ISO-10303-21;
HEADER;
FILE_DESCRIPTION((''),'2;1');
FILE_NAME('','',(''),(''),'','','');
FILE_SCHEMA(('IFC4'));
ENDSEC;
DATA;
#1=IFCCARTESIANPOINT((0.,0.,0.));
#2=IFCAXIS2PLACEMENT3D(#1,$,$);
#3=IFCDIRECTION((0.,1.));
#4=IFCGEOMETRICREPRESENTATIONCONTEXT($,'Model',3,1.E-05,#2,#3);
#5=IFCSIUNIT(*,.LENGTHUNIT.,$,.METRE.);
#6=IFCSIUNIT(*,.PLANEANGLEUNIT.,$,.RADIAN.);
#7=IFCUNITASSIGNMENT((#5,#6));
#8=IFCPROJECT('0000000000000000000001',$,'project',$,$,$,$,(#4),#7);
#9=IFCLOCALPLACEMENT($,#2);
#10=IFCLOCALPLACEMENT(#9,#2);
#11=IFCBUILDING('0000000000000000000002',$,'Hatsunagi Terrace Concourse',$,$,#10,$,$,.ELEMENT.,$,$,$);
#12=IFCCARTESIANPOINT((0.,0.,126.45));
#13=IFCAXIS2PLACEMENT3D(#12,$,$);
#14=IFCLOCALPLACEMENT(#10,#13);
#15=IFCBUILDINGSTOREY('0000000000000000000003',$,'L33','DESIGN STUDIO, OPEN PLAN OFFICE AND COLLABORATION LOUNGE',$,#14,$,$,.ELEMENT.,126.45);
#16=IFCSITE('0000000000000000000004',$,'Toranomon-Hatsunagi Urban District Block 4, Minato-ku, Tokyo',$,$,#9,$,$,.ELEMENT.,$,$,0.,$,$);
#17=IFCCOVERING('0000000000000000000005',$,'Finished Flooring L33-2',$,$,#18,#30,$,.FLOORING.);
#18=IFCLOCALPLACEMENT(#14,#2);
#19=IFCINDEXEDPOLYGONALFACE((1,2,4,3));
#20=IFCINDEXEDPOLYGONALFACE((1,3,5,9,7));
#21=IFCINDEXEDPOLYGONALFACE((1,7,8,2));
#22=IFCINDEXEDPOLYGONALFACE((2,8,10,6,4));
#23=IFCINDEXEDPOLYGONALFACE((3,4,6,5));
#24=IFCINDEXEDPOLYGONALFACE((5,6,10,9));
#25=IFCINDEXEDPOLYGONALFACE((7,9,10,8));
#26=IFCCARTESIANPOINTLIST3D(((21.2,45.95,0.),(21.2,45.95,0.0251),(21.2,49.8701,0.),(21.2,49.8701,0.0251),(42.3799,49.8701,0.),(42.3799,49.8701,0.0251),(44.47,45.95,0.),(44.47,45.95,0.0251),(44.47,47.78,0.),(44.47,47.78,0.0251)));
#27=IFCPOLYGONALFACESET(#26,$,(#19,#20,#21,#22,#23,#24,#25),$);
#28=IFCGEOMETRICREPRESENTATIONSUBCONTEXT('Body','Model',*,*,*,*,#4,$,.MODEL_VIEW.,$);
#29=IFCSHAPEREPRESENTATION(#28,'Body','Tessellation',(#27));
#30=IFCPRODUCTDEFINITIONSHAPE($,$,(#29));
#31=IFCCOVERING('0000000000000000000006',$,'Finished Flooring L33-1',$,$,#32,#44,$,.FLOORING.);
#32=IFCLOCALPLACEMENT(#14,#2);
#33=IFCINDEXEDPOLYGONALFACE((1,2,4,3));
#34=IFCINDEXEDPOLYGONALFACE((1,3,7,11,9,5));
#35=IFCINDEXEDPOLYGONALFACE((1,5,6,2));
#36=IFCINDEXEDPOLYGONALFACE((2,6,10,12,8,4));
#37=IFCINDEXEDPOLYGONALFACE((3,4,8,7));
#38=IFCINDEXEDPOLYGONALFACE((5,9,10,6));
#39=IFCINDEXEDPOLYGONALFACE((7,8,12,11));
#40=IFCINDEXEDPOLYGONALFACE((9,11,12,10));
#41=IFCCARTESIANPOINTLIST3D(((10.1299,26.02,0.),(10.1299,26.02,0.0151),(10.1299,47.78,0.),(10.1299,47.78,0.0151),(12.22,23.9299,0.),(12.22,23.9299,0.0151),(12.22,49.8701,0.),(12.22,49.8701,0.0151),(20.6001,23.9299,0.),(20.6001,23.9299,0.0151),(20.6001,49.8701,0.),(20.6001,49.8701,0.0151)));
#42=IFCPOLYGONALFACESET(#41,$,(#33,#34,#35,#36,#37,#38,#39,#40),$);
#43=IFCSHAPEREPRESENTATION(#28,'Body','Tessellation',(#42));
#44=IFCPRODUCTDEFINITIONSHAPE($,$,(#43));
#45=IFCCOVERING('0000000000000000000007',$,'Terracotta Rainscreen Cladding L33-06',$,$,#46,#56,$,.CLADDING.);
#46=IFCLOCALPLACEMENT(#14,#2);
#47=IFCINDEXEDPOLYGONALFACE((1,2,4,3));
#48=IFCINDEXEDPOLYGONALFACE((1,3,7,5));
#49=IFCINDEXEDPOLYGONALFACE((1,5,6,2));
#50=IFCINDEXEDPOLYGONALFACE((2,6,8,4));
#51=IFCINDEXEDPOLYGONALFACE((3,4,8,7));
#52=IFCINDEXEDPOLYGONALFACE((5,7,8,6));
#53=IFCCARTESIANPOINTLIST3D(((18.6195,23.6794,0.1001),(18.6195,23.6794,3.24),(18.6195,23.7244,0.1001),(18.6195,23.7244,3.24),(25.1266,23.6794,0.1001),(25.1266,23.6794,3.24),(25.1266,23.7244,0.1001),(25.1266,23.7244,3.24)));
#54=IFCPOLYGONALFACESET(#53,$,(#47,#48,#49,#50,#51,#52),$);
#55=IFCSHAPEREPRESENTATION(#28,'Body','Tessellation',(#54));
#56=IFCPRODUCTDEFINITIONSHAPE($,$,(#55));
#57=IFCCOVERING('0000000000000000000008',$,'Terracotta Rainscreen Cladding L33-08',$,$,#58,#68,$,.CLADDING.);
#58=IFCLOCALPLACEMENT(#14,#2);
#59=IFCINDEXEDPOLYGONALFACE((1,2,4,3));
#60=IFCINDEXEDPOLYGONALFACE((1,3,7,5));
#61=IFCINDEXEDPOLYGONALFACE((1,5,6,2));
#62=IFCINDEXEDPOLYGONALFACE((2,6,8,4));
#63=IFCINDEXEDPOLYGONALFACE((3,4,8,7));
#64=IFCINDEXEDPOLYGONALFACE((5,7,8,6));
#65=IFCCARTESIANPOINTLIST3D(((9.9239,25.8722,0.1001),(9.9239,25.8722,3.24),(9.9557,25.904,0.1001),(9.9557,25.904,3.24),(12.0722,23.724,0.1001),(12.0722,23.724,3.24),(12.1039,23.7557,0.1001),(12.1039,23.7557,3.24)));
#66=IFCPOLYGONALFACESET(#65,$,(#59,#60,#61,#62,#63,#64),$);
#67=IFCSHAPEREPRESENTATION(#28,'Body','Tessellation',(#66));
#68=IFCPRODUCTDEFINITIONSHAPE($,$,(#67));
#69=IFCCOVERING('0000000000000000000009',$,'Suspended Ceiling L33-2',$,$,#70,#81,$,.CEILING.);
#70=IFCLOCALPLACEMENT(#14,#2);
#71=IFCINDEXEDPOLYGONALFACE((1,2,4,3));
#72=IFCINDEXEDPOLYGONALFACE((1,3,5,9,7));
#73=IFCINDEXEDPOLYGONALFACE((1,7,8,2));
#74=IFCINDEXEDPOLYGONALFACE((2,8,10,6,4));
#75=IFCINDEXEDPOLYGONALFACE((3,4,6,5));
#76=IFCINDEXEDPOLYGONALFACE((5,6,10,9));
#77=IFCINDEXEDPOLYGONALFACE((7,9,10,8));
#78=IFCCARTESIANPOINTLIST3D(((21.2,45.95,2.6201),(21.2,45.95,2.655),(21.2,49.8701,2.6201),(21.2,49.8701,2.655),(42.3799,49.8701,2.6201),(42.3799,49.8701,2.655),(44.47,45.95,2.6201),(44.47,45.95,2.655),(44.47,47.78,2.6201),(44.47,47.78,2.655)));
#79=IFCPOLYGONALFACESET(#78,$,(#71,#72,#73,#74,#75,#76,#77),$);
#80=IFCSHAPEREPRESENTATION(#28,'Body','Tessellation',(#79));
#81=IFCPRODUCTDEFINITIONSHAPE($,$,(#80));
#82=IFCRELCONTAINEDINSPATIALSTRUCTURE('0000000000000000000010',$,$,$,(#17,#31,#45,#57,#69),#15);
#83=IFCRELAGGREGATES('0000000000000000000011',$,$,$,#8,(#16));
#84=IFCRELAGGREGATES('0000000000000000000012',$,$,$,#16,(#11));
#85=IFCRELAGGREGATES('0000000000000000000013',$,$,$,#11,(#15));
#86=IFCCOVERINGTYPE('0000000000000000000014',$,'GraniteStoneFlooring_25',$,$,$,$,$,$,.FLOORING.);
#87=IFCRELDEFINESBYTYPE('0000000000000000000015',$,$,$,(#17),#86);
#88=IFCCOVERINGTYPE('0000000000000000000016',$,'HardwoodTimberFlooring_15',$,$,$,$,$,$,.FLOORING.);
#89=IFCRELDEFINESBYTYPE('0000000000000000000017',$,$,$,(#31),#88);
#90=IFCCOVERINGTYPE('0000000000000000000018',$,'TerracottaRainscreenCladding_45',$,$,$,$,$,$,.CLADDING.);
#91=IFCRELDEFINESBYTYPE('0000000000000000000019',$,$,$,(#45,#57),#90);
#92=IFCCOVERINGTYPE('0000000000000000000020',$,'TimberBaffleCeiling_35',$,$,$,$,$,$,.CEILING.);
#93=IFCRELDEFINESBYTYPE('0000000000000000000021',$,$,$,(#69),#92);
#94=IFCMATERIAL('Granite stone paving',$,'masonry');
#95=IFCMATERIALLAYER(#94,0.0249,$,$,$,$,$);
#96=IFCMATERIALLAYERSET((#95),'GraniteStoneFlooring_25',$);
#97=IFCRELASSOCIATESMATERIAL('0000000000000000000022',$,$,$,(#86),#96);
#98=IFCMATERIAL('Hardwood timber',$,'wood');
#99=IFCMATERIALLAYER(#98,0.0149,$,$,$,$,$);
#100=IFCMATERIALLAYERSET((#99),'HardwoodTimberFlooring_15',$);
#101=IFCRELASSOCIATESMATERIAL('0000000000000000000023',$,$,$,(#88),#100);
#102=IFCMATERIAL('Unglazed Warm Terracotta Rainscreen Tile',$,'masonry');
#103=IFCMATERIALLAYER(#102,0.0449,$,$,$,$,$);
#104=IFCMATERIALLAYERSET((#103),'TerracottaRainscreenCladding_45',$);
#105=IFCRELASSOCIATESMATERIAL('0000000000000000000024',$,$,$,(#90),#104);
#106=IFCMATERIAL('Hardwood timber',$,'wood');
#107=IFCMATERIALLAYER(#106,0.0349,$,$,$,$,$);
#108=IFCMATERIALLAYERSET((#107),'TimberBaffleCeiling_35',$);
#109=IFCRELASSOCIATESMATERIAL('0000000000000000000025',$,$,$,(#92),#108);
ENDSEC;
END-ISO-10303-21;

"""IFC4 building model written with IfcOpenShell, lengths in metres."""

from ifc_helpers import new_model, si_unit, direction, frame, origin, origin_2d, place, context, subcontext, project, spatial, polyline, rectangle, outline, extrude, material, layer, layer_set, type_object, element, save


model = new_model("IFC4")

# Units and contexts
model_context = context("Model", 3, precision=1e-05, world=origin(), true_north=direction((0.0, 1.0)))
body_context = subcontext(model_context, "Body", "Model", "MODEL_VIEW")
ifc_project = project(units=[si_unit("LENGTHUNIT", "METRE"), si_unit("PLANEANGLEUNIT", "RADIAN")], contexts=[model_context])

# Site, building, storey
site_placement = place(None, origin())
site = spatial("IfcSite", under=ifc_project, at=site_placement, Name="Toranomon-Hatsunagi Urban District Block 4, Minato-ku, Tokyo", CompositionType="ELEMENT", RefElevation=0.0)
building_placement = place(site_placement, origin())
building = spatial("IfcBuilding", under=site, at=building_placement, Name="Hatsunagi Terrace Concourse", CompositionType="ELEMENT")
storey_placement = place(building_placement, frame((0.0, 0.0, 126.45)))
storey = spatial("IfcBuildingStorey", under=building, at=storey_placement, Name="L33", Description="DESIGN STUDIO, OPEN PLAN OFFICE AND COLLABORATION LOUNGE", CompositionType="ELEMENT", Elevation=126.45)

# Coverings
ifc_material_1 = material(Name="Granite stone paving", Category="masonry")
ifc_layer_1 = layer(ifc_material_1, 0.0249)
ifc_layer_set_1 = layer_set([ifc_layer_1], Name="GraniteStoneFlooring_25")
covering_type_1 = type_object("IfcCoveringType", Name="GraniteStoneFlooring_25", PredefinedType="FLOORING", material=ifc_layer_set_1)
covering_1_placement = place(storey_placement, origin())
element("IfcCovering", 1, at=covering_1_placement, inside=storey, type_object=covering_type_1, Name="Finished Flooring L33-2", PredefinedType="FLOORING", context=body_context, shape_type="SweptSolid", body=[
    extrude(outline(polyline([(42.3799, 49.8701), (21.2, 49.8701), (21.2, 45.95), (44.47, 45.95), (44.47, 47.78), (42.3799, 49.8701)])), origin(), (0.0, 0.0, 1.0), 0.0251),
])
ifc_material_2 = material(Name="Hardwood timber", Category="wood")
ifc_layer_2 = layer(ifc_material_2, 0.0149)
ifc_layer_set_2 = layer_set([ifc_layer_2], Name="HardwoodTimberFlooring_15")
covering_type_2 = type_object("IfcCoveringType", Name="HardwoodTimberFlooring_15", PredefinedType="FLOORING", material=ifc_layer_set_2)
covering_2_placement = place(storey_placement, origin())
element("IfcCovering", 2, at=covering_2_placement, inside=storey, type_object=covering_type_2, Name="Finished Flooring L33-1", PredefinedType="FLOORING", context=body_context, shape_type="SweptSolid", body=[
    extrude(outline(polyline([(10.1299, 26.02), (12.22, 23.9299), (20.6001, 23.9299), (20.6001, 49.8701), (12.22, 49.8701), (10.1299, 47.78), (10.1299, 26.02)])), origin(), (0.0, 0.0, 1.0), 0.0151),
])
ifc_material_3 = material(Name="Unglazed Warm Terracotta Rainscreen Tile", Category="masonry")
ifc_layer_3 = layer(ifc_material_3, 0.0449)
ifc_layer_set_3 = layer_set([ifc_layer_3], Name="TerracottaRainscreenCladding_45")
covering_type_3 = type_object("IfcCoveringType", Name="TerracottaRainscreenCladding_45", PredefinedType="CLADDING", material=ifc_layer_set_3)
covering_3_placement = place(storey_placement, frame((21.873, 23.7019, 0.1001), z_axis=(0.0, 0.0, 1.0), x_axis=(-1.0, 0.0, 0.0)))
element("IfcCovering", 3, at=covering_3_placement, inside=storey, type_object=covering_type_3, Name="Terracotta Rainscreen Cladding L33-06", PredefinedType="CLADDING", context=body_context, shape_type="SweptSolid", body=[
    extrude(rectangle(XDim=6.5071, YDim=0.0449, at=origin_2d()), origin(), (0.0, 0.0, 1.0), 3.1399),
])
covering_4_placement = place(storey_placement, frame((11.0139, 24.814, 0.1001), z_axis=(0.0, 0.0, 1.0), x_axis=(-0.707107, 0.707107, 0.0)))
element("IfcCovering", 4, at=covering_4_placement, inside=storey, type_object=covering_type_3, Name="Terracotta Rainscreen Cladding L33-08", PredefinedType="CLADDING", context=body_context, shape_type="SweptSolid", body=[
    extrude(rectangle(XDim=3.0381, YDim=0.0449, at=origin_2d()), origin(), (0.0, 0.0, 1.0), 3.1399),
])
ifc_material_4 = material(Name="Hardwood timber", Category="wood")
ifc_layer_4 = layer(ifc_material_4, 0.0349)
ifc_layer_set_4 = layer_set([ifc_layer_4], Name="TimberBaffleCeiling_35")
covering_type_4 = type_object("IfcCoveringType", Name="TimberBaffleCeiling_35", PredefinedType="CEILING", material=ifc_layer_set_4)
covering_5_placement = place(storey_placement, frame((0.0, 0.0, 2.6201)))
element("IfcCovering", 5, at=covering_5_placement, inside=storey, type_object=covering_type_4, Name="Suspended Ceiling L33-2", PredefinedType="CEILING", context=body_context, shape_type="SweptSolid", body=[
    extrude(outline(polyline([(42.3799, 49.8701), (21.2, 49.8701), (21.2, 45.95), (44.47, 45.95), (44.47, 47.78), (42.3799, 49.8701)])), origin(), (0.0, 0.0, 1.0), 0.0349),
])

save(model, "model.ifc")
